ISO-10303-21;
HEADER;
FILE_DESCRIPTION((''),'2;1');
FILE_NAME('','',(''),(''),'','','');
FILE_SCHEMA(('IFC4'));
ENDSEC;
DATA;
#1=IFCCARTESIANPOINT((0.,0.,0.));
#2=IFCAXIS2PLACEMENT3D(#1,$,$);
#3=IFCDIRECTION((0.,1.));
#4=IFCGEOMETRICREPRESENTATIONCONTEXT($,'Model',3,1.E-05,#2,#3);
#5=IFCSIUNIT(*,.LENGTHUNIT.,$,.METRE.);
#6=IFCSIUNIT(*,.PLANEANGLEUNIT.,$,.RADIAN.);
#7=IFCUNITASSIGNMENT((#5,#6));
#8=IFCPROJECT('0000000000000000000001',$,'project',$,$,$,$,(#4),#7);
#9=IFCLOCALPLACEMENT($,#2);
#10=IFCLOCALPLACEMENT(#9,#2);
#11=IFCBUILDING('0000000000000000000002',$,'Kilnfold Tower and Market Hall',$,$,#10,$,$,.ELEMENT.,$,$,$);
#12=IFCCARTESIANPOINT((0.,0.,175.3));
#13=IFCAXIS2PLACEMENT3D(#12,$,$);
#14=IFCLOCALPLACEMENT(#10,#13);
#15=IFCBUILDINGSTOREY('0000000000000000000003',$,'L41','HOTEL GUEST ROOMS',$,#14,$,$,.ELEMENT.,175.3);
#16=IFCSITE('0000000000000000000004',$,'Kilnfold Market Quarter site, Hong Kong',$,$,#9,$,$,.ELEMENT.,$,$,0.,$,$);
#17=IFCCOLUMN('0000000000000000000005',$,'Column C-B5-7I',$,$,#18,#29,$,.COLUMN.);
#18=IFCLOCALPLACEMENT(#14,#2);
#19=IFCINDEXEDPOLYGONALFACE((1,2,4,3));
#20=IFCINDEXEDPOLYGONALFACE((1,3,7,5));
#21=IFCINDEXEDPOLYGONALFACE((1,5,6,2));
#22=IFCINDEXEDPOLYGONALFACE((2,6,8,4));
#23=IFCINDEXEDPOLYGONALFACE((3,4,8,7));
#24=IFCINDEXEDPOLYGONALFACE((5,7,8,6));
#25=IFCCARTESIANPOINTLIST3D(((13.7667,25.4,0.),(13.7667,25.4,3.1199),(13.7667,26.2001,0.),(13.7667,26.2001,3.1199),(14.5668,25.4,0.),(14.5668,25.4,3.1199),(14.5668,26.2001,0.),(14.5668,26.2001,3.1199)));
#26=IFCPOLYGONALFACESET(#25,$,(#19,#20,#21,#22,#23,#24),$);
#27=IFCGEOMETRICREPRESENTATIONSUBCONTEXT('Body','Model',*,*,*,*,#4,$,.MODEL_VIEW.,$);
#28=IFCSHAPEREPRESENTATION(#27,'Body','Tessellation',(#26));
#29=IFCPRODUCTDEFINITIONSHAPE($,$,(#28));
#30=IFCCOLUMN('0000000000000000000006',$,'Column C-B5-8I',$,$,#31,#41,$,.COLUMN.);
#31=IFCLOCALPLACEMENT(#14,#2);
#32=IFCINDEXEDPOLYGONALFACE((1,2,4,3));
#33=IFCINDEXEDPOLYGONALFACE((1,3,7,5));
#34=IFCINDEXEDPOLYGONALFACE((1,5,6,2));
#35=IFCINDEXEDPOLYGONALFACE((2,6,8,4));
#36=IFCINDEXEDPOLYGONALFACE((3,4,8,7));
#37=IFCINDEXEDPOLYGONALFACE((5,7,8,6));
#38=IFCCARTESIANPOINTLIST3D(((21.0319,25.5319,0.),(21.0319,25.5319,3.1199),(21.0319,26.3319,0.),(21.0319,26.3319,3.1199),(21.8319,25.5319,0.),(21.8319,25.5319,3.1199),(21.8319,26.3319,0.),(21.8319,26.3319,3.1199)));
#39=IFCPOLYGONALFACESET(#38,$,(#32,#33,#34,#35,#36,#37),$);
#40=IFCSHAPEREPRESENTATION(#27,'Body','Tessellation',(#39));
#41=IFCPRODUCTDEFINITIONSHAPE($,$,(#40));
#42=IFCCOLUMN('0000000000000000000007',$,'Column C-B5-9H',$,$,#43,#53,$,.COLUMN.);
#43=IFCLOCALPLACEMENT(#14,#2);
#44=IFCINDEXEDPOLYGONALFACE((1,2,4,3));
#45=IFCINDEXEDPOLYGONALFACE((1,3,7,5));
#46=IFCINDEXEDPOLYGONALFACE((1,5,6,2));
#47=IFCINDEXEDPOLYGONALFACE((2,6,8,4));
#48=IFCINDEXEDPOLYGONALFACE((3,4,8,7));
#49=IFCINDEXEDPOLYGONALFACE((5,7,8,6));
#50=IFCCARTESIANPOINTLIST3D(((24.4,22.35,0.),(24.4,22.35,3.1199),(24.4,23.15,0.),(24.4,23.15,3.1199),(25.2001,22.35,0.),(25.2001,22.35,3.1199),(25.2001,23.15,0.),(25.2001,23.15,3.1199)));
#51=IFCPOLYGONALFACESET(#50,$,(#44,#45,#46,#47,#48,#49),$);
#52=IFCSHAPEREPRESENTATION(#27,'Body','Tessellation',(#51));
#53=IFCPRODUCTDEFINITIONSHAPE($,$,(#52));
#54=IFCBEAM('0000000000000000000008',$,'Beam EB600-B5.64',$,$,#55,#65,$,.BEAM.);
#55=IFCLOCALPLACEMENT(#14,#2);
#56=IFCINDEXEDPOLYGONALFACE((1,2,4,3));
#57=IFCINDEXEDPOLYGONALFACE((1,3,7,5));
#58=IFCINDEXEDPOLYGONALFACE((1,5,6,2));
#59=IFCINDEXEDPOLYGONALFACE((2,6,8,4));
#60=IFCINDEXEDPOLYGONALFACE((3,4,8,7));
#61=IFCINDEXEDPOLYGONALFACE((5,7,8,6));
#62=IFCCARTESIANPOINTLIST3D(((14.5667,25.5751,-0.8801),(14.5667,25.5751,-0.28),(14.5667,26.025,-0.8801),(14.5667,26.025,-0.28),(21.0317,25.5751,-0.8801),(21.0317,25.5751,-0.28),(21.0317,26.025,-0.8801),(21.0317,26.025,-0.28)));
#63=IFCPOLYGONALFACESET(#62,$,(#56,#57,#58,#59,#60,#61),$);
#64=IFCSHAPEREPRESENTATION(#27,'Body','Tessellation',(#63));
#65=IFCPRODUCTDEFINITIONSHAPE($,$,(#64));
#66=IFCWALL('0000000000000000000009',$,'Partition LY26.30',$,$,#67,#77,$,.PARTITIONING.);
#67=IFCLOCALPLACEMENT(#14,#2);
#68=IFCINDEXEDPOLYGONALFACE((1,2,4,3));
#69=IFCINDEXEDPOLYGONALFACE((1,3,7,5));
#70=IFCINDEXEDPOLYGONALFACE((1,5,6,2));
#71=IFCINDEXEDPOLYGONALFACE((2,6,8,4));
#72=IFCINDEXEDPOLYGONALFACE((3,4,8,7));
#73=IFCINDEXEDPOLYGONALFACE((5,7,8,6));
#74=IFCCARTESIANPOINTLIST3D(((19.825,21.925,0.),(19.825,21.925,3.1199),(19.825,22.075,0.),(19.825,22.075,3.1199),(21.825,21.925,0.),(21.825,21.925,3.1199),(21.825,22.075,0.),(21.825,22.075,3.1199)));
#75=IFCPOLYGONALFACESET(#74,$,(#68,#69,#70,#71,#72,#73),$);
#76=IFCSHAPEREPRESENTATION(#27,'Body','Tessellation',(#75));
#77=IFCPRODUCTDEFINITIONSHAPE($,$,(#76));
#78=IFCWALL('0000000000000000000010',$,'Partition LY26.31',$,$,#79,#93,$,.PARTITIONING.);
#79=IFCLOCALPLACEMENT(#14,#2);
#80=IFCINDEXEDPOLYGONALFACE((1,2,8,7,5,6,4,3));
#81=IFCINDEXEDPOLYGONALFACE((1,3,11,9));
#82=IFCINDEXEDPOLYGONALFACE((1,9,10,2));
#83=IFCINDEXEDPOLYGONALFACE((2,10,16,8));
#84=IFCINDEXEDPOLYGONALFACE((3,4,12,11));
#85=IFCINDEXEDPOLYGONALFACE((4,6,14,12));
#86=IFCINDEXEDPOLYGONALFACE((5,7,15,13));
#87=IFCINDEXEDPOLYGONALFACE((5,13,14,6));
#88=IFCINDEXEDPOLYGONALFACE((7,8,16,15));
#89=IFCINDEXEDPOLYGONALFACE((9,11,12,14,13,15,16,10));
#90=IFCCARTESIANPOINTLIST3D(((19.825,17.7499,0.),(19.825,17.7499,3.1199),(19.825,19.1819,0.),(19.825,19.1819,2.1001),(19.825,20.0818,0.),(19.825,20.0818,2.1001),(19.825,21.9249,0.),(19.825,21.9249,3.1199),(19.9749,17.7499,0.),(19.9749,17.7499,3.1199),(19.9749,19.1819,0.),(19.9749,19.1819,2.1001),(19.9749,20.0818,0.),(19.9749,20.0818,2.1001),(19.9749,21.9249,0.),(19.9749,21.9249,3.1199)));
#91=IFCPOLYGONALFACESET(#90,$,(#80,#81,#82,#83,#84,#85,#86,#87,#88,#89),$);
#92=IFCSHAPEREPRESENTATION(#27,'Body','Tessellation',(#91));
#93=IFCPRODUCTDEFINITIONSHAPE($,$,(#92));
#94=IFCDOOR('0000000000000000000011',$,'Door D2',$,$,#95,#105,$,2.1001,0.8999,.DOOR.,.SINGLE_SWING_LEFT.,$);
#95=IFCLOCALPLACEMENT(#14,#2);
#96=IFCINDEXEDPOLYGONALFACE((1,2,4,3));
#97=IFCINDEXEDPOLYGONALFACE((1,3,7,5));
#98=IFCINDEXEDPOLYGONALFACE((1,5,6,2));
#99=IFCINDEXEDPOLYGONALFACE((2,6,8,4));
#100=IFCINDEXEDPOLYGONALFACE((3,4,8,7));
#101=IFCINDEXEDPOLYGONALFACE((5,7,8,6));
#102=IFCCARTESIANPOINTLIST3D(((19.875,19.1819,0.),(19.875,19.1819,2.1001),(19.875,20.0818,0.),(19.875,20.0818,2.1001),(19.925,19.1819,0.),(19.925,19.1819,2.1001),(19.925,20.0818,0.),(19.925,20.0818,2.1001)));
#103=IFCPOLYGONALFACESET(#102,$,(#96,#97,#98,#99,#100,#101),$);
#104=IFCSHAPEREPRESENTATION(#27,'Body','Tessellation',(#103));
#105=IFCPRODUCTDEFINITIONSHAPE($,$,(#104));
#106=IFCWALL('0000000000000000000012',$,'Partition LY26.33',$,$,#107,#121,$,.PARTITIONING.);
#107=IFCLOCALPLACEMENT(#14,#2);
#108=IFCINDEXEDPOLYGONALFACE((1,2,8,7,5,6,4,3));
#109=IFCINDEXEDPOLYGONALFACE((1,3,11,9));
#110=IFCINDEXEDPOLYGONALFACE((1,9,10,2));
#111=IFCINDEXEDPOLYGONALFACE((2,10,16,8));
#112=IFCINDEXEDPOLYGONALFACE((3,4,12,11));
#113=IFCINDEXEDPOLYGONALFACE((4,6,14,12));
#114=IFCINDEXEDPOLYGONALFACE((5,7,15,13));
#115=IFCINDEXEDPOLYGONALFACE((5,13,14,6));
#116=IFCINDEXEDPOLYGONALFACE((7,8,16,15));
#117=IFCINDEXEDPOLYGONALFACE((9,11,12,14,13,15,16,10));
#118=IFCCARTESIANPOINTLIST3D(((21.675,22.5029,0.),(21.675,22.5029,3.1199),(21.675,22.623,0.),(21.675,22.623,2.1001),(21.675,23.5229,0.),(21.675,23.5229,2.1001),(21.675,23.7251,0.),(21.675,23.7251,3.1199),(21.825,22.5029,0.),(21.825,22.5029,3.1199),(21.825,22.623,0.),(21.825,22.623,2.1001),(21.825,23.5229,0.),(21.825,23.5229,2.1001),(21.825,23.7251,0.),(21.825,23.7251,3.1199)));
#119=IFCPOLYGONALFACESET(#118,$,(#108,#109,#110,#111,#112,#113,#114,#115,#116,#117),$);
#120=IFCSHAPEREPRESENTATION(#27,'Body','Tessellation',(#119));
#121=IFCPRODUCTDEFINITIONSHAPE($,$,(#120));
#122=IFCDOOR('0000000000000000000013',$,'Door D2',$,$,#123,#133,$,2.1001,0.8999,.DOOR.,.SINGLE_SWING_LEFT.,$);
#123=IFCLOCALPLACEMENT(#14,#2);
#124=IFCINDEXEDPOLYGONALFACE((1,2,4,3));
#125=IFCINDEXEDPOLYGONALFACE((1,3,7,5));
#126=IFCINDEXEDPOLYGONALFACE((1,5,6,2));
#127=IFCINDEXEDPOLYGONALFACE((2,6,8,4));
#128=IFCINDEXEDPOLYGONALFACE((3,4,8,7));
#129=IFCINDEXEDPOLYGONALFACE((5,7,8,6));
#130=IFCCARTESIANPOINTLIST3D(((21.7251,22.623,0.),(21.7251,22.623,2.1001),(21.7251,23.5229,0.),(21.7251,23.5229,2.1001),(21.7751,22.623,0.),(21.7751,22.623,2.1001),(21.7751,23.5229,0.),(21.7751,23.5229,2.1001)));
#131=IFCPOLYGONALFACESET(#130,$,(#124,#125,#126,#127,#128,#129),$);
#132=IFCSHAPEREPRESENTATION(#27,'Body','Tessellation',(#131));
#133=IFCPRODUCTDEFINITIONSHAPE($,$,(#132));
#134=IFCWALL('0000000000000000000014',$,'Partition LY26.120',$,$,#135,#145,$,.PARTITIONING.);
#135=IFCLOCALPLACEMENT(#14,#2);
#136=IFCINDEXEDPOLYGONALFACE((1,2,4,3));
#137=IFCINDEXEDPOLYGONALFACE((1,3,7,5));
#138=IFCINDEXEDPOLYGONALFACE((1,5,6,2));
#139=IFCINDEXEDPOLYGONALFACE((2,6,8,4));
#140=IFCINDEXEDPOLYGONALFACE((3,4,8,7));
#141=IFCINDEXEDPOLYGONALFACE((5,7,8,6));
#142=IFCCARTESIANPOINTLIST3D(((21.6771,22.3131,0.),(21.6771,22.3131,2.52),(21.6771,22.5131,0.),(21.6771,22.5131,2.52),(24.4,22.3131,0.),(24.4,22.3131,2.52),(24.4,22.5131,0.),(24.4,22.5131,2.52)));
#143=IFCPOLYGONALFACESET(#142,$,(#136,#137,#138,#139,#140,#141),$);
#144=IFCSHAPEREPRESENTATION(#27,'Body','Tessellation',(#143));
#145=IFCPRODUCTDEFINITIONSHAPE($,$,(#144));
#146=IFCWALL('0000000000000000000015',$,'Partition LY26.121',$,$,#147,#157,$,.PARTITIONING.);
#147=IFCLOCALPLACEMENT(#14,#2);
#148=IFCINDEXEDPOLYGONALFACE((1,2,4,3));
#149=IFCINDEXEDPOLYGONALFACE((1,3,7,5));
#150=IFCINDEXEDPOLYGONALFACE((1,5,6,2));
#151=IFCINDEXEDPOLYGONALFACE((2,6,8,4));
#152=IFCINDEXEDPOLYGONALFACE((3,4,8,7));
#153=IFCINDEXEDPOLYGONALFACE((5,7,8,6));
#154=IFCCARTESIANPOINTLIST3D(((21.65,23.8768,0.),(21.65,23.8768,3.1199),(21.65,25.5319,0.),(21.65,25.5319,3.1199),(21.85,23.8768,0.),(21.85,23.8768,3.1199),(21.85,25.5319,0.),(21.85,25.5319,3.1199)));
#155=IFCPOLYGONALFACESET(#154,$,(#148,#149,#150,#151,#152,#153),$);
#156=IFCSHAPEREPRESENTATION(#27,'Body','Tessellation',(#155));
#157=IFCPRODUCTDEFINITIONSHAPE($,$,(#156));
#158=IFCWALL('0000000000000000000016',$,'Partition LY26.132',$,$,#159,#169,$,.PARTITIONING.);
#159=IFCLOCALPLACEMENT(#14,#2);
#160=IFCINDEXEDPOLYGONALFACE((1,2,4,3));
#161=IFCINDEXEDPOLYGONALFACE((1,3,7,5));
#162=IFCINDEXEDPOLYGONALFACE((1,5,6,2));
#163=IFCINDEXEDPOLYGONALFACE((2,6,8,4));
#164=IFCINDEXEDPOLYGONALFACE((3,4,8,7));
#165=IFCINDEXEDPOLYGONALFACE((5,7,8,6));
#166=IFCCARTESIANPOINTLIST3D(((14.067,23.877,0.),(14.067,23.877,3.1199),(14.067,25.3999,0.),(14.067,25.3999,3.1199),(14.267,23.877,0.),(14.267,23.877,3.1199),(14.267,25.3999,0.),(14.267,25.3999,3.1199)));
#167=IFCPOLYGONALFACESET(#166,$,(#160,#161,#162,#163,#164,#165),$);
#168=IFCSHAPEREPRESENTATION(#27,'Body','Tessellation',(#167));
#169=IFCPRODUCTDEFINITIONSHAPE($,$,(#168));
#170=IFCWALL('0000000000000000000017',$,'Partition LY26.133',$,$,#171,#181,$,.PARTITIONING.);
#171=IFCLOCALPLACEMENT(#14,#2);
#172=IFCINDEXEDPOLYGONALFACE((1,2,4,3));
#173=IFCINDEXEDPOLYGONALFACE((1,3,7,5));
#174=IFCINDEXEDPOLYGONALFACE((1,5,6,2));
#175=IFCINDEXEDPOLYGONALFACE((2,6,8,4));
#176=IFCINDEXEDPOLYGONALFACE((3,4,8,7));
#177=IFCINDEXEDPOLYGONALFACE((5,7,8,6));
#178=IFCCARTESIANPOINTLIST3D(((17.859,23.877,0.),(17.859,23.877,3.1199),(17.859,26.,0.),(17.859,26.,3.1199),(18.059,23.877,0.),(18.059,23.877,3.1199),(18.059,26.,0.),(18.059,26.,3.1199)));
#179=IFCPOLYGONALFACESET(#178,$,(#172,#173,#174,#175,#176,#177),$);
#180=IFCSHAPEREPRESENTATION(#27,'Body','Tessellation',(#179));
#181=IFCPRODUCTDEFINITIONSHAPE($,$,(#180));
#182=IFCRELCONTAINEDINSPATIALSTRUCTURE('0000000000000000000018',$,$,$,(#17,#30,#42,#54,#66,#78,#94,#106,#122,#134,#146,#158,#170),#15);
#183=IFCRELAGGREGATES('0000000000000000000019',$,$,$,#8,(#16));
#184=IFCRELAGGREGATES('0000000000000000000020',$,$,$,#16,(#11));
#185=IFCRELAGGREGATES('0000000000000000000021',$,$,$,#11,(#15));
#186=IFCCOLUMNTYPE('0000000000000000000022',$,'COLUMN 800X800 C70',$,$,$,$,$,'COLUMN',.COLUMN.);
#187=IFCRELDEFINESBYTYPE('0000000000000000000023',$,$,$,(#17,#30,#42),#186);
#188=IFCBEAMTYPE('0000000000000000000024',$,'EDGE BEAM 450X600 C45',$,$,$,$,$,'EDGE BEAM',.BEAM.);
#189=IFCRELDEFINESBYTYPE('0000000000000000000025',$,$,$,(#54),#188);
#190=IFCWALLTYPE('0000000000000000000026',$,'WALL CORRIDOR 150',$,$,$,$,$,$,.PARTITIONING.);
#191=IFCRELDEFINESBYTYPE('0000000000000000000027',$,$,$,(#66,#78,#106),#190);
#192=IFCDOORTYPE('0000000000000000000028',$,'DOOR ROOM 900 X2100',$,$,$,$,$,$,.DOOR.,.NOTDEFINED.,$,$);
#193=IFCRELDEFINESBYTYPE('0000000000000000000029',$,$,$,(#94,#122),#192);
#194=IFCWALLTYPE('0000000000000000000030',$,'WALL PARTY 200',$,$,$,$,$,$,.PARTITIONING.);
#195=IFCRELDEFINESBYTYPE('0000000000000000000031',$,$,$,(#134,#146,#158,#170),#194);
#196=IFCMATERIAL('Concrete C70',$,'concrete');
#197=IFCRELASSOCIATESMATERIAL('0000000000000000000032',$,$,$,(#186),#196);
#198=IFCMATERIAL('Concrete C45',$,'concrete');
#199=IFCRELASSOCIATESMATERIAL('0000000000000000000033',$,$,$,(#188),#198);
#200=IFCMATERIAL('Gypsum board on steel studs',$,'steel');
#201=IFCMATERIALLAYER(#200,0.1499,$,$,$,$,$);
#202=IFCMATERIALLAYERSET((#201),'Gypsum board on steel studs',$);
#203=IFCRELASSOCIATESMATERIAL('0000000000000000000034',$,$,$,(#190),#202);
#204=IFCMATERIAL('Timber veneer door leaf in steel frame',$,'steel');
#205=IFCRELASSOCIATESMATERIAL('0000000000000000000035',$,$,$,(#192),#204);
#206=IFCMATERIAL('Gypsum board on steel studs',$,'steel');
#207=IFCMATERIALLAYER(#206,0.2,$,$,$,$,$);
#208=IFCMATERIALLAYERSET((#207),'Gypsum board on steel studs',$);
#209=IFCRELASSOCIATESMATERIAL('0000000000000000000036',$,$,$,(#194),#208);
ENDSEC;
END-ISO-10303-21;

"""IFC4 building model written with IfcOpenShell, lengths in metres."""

from ifc_helpers import new_model, si_unit, direction, frame, frame_2d, origin, origin_2d, place, context, subcontext, project, spatial, rectangle, extrude, source, transform, mapped, material, layer, layer_set, material_profile, profile_set, type_object, element, fill, save


model = new_model("IFC4")

# Units and contexts
model_context = context("Model", 3, precision=1e-05, world=origin(), true_north=direction((0.0, 1.0)))
body_context = subcontext(model_context, "Body", "Model", "MODEL_VIEW")
ifc_project = project(units=[si_unit("LENGTHUNIT", "METRE"), si_unit("PLANEANGLEUNIT", "RADIAN")], contexts=[model_context])

# Site, building, storey
site_placement = place(None, origin())
site = spatial("IfcSite", under=ifc_project, at=site_placement, Name="Kilnfold Market Quarter site, Hong Kong", CompositionType="ELEMENT", RefElevation=0.0)
building_placement = place(site_placement, origin())
building = spatial("IfcBuilding", under=site, at=building_placement, Name="Kilnfold Tower and Market Hall", CompositionType="ELEMENT")
storey_placement = place(building_placement, frame((0.0, 0.0, 175.3)))
storey = spatial("IfcBuildingStorey", under=building, at=storey_placement, Name="L41", Description="HOTEL GUEST ROOMS", CompositionType="ELEMENT", Elevation=175.3)

# Columns
ifc_material_1 = material(Name="Concrete C70", Category="concrete")
ifc_material_profile_1 = material_profile(ifc_material_1, rectangle(XDim=0.8, YDim=0.8, at=origin_2d()), Name="RC 800x800")
ifc_profile_set_1 = profile_set([ifc_material_profile_1], Name="Concrete C70")
column_type = type_object("IfcColumnType", Name="COLUMN 800X800 C70", ElementType="COLUMN", PredefinedType="COLUMN", material=ifc_profile_set_1)
shared_shape_1 = source(origin(), body_context, "Body", "SweptSolid", [
    extrude(rectangle(XDim=0.8, YDim=0.8, at=origin_2d()), origin(), (0.0, 0.0, 1.0), 3.1199),
])
for number, where, z_axis, x_axis, name in (
    (1, (14.1667, 25.8, 0.0), (0.0, 0.0, 1.0), (1.0, 0.0, 0.0), "Column C-B5-7I"),
    (2, (21.4319, 25.9319, 0.0), (0.0, 0.0, 1.0), (1.0, 0.0, 0.0), "Column C-B5-8I"),
    (3, (24.8, 22.75, 0.0), (0.0, 0.0, 1.0), (1.0, 0.0, 0.0), "Column C-B5-9H"),
):
    element("IfcColumn", number, at=place(storey_placement, frame(where, z_axis=z_axis, x_axis=x_axis)), inside=storey, type_object=column_type, Name=name, PredefinedType="COLUMN", context=body_context, shape_type="MappedRepresentation", body=[
        mapped(shared_shape_1, transform((0.0, 0.0, 0.0))),
    ])

# Beam
ifc_material_2 = material(Name="Concrete C45", Category="concrete")
ifc_material_profile_2 = material_profile(ifc_material_2, rectangle(XDim=0.45, YDim=0.6001, at=origin_2d()), Name="RC 450x600")
ifc_profile_set_2 = profile_set([ifc_material_profile_2], Name="Concrete C45")
beam_type = type_object("IfcBeamType", Name="EDGE BEAM 450X600 C45", ElementType="EDGE BEAM", PredefinedType="BEAM", material=ifc_profile_set_2)
shared_shape_2 = source(origin(), body_context, "Body", "SweptSolid", [
    extrude(rectangle(XDim=0.45, YDim=0.6001, at=origin_2d()), origin(), (0.0, 0.0, 1.0), 6.4651),
])
beam_placement = place(storey_placement, frame((14.5667, 25.8, -0.5801), z_axis=(1.0, 0.0, 0.0), x_axis=(0.0, 1.0, 0.0)))
element("IfcBeam", 4, at=beam_placement, inside=storey, type_object=beam_type, Name="Beam EB600-B5.64", PredefinedType="BEAM", context=body_context, shape_type="MappedRepresentation", body=[
    mapped(shared_shape_2, transform((0.0, 0.0, 0.0))),
])

# Wall
ifc_material_3 = material(Name="Gypsum board on steel studs", Category="steel")
ifc_layer_1 = layer(ifc_material_3, 0.1499)
ifc_layer_set_1 = layer_set([ifc_layer_1], Name="Gypsum board on steel studs")
wall_type_1 = type_object("IfcWallType", Name="WALL CORRIDOR 150", PredefinedType="PARTITIONING", material=ifc_layer_set_1)
wall_1_placement = place(storey_placement, frame((19.825, 22.0, 0.0), z_axis=(0.0, 0.0, 1.0), x_axis=(1.0, 0.0, 0.0)))
element("IfcWall", 5, at=wall_1_placement, inside=storey, type_object=wall_type_1, Name="Partition LY26.30", PredefinedType="PARTITIONING", context=body_context, shape_type="SweptSolid", body=[
    extrude(rectangle(XDim=2.0, YDim=0.1499, at=frame_2d((1.0, 0.0))), origin(), (0.0, 0.0, 1.0), 3.1199),
])

# Walls, openings, doors
wall_2_placement = place(storey_placement, frame((19.8999, 17.75, 0.0), z_axis=(0.0, 0.0, 1.0), x_axis=(0.0, 1.0, 0.0)))
wall_2 = element("IfcWall", 6, at=wall_2_placement, inside=storey, type_object=wall_type_1, Name="Partition LY26.31", PredefinedType="PARTITIONING", context=body_context, shape_type="SweptSolid", body=[
    extrude(rectangle(XDim=4.175, YDim=0.1499, at=frame_2d((2.0874, 0.0))), origin(), (0.0, 0.0, 1.0), 3.1199),
])
opening_1_placement = place(wall_2_placement, frame((1.4319, 0.0, 0.0)))
opening_1 = element("IfcOpeningElement", 7, at=opening_1_placement, cuts=wall_2, PredefinedType="OPENING", context=body_context, shape_type="SweptSolid", body=[
    extrude(rectangle(XDim=0.8999, YDim=2.1001, at=frame_2d((0.45, 1.05))), frame((0.0, 0.085, 0.0), z_axis=(0.0, -1.0, 0.0), x_axis=(1.0, 0.0, 0.0)), (0.0, 0.0, 1.0), 0.1699),
])
ifc_material_4 = material(Name="Timber veneer door leaf in steel frame", Category="steel")
door_type = type_object("IfcDoorType", Name="DOOR ROOM 900 X2100", OperationType="NOTDEFINED", PredefinedType="DOOR", material=ifc_material_4)
door_1_placement = place(opening_1_placement, origin())
door_1 = element("IfcDoor", 8, at=door_1_placement, inside=storey, type_object=door_type, Name="Door D2", OperationType="SINGLE_SWING_LEFT", OverallHeight=2.1001, OverallWidth=0.8999, PredefinedType="DOOR", context=body_context, shape_type="SweptSolid", body=[
    extrude(rectangle(XDim=0.8999, YDim=2.1001, at=frame_2d((0.45, 1.05))), frame((0.0, 0.0249, 0.0), z_axis=(0.0, -1.0, 0.0), x_axis=(1.0, 0.0, 0.0)), (0.0, 0.0, 1.0), 0.05),
])
fill(opening_1, door_1)
wall_3_placement = place(storey_placement, frame((21.75, 22.5029, 0.0), z_axis=(0.0, 0.0, 1.0), x_axis=(0.0, 1.0, 0.0)))
wall_3 = element("IfcWall", 9, at=wall_3_placement, inside=storey, type_object=wall_type_1, Name="Partition LY26.33", PredefinedType="PARTITIONING", context=body_context, shape_type="SweptSolid", body=[
    extrude(rectangle(XDim=1.2222, YDim=0.1499, at=frame_2d((0.6111, 0.0))), origin(), (0.0, 0.0, 1.0), 3.1199),
])
opening_2_placement = place(wall_3_placement, frame((0.1201, 0.0, 0.0)))
opening_2 = element("IfcOpeningElement", 10, at=opening_2_placement, cuts=wall_3, PredefinedType="OPENING", context=body_context, shape_type="SweptSolid", body=[
    extrude(rectangle(XDim=0.8999, YDim=2.1001, at=frame_2d((0.45, 1.05))), frame((0.0, 0.085, 0.0), z_axis=(0.0, -1.0, 0.0), x_axis=(1.0, 0.0, 0.0)), (0.0, 0.0, 1.0), 0.1699),
])
door_2_placement = place(opening_2_placement, origin())
door_2 = element("IfcDoor", 11, at=door_2_placement, inside=storey, type_object=door_type, Name="Door D2", OperationType="SINGLE_SWING_LEFT", OverallHeight=2.1001, OverallWidth=0.8999, PredefinedType="DOOR", context=body_context, shape_type="SweptSolid", body=[
    extrude(rectangle(XDim=0.8999, YDim=2.1001, at=frame_2d((0.45, 1.05))), frame((0.0, 0.0249, 0.0), z_axis=(0.0, -1.0, 0.0), x_axis=(1.0, 0.0, 0.0)), (0.0, 0.0, 1.0), 0.05),
])
fill(opening_2, door_2)

# Walls
ifc_material_5 = material(Name="Gypsum board on steel studs", Category="steel")
ifc_layer_2 = layer(ifc_material_5, 0.2)
ifc_layer_set_2 = layer_set([ifc_layer_2], Name="Gypsum board on steel studs")
wall_type_2 = type_object("IfcWallType", Name="WALL PARTY 200", PredefinedType="PARTITIONING", material=ifc_layer_set_2)
wall_4_placement = place(storey_placement, frame((24.3999, 22.4131, 0.0), z_axis=(0.0, 0.0, 1.0), x_axis=(-1.0, 0.0, 0.0)))
element("IfcWall", 12, at=wall_4_placement, inside=storey, type_object=wall_type_2, Name="Partition LY26.120", PredefinedType="PARTITIONING", context=body_context, shape_type="SweptSolid", body=[
    extrude(rectangle(XDim=2.7229, YDim=0.2, at=frame_2d((1.3613, 0.0))), origin(), (0.0, 0.0, 1.0), 2.52),
])
wall_5_placement = place(storey_placement, frame((21.75, 25.532, 0.0), z_axis=(0.0, 0.0, 1.0), x_axis=(0.0, -1.0, 0.0)))
element("IfcWall", 13, at=wall_5_placement, inside=storey, type_object=wall_type_2, Name="Partition LY26.121", PredefinedType="PARTITIONING", context=body_context, shape_type="SweptSolid", body=[
    extrude(rectangle(XDim=1.655, YDim=0.2, at=frame_2d((0.8276, 0.0))), origin(), (0.0, 0.0, 1.0), 3.1199),
])
wall_6_placement = place(storey_placement, frame((14.167, 23.877, 0.0), z_axis=(0.0, 0.0, 1.0), x_axis=(0.0, 1.0, 0.0)))
element("IfcWall", 14, at=wall_6_placement, inside=storey, type_object=wall_type_2, Name="Partition LY26.132", PredefinedType="PARTITIONING", context=body_context, shape_type="SweptSolid", body=[
    extrude(rectangle(XDim=1.5229, YDim=0.2, at=frame_2d((0.7615, 0.0))), origin(), (0.0, 0.0, 1.0), 3.1199),
])
wall_7_placement = place(storey_placement, frame((17.959, 23.877, 0.0), z_axis=(0.0, 0.0, 1.0), x_axis=(0.0, 1.0, 0.0)))
element("IfcWall", 15, at=wall_7_placement, inside=storey, type_object=wall_type_2, Name="Partition LY26.133", PredefinedType="PARTITIONING", context=body_context, shape_type="SweptSolid", body=[
    extrude(rectangle(XDim=2.123, YDim=0.2, at=frame_2d((1.0615, 0.0))), origin(), (0.0, 0.0, 1.0), 3.1199),
])

save(model, "model.ifc")
